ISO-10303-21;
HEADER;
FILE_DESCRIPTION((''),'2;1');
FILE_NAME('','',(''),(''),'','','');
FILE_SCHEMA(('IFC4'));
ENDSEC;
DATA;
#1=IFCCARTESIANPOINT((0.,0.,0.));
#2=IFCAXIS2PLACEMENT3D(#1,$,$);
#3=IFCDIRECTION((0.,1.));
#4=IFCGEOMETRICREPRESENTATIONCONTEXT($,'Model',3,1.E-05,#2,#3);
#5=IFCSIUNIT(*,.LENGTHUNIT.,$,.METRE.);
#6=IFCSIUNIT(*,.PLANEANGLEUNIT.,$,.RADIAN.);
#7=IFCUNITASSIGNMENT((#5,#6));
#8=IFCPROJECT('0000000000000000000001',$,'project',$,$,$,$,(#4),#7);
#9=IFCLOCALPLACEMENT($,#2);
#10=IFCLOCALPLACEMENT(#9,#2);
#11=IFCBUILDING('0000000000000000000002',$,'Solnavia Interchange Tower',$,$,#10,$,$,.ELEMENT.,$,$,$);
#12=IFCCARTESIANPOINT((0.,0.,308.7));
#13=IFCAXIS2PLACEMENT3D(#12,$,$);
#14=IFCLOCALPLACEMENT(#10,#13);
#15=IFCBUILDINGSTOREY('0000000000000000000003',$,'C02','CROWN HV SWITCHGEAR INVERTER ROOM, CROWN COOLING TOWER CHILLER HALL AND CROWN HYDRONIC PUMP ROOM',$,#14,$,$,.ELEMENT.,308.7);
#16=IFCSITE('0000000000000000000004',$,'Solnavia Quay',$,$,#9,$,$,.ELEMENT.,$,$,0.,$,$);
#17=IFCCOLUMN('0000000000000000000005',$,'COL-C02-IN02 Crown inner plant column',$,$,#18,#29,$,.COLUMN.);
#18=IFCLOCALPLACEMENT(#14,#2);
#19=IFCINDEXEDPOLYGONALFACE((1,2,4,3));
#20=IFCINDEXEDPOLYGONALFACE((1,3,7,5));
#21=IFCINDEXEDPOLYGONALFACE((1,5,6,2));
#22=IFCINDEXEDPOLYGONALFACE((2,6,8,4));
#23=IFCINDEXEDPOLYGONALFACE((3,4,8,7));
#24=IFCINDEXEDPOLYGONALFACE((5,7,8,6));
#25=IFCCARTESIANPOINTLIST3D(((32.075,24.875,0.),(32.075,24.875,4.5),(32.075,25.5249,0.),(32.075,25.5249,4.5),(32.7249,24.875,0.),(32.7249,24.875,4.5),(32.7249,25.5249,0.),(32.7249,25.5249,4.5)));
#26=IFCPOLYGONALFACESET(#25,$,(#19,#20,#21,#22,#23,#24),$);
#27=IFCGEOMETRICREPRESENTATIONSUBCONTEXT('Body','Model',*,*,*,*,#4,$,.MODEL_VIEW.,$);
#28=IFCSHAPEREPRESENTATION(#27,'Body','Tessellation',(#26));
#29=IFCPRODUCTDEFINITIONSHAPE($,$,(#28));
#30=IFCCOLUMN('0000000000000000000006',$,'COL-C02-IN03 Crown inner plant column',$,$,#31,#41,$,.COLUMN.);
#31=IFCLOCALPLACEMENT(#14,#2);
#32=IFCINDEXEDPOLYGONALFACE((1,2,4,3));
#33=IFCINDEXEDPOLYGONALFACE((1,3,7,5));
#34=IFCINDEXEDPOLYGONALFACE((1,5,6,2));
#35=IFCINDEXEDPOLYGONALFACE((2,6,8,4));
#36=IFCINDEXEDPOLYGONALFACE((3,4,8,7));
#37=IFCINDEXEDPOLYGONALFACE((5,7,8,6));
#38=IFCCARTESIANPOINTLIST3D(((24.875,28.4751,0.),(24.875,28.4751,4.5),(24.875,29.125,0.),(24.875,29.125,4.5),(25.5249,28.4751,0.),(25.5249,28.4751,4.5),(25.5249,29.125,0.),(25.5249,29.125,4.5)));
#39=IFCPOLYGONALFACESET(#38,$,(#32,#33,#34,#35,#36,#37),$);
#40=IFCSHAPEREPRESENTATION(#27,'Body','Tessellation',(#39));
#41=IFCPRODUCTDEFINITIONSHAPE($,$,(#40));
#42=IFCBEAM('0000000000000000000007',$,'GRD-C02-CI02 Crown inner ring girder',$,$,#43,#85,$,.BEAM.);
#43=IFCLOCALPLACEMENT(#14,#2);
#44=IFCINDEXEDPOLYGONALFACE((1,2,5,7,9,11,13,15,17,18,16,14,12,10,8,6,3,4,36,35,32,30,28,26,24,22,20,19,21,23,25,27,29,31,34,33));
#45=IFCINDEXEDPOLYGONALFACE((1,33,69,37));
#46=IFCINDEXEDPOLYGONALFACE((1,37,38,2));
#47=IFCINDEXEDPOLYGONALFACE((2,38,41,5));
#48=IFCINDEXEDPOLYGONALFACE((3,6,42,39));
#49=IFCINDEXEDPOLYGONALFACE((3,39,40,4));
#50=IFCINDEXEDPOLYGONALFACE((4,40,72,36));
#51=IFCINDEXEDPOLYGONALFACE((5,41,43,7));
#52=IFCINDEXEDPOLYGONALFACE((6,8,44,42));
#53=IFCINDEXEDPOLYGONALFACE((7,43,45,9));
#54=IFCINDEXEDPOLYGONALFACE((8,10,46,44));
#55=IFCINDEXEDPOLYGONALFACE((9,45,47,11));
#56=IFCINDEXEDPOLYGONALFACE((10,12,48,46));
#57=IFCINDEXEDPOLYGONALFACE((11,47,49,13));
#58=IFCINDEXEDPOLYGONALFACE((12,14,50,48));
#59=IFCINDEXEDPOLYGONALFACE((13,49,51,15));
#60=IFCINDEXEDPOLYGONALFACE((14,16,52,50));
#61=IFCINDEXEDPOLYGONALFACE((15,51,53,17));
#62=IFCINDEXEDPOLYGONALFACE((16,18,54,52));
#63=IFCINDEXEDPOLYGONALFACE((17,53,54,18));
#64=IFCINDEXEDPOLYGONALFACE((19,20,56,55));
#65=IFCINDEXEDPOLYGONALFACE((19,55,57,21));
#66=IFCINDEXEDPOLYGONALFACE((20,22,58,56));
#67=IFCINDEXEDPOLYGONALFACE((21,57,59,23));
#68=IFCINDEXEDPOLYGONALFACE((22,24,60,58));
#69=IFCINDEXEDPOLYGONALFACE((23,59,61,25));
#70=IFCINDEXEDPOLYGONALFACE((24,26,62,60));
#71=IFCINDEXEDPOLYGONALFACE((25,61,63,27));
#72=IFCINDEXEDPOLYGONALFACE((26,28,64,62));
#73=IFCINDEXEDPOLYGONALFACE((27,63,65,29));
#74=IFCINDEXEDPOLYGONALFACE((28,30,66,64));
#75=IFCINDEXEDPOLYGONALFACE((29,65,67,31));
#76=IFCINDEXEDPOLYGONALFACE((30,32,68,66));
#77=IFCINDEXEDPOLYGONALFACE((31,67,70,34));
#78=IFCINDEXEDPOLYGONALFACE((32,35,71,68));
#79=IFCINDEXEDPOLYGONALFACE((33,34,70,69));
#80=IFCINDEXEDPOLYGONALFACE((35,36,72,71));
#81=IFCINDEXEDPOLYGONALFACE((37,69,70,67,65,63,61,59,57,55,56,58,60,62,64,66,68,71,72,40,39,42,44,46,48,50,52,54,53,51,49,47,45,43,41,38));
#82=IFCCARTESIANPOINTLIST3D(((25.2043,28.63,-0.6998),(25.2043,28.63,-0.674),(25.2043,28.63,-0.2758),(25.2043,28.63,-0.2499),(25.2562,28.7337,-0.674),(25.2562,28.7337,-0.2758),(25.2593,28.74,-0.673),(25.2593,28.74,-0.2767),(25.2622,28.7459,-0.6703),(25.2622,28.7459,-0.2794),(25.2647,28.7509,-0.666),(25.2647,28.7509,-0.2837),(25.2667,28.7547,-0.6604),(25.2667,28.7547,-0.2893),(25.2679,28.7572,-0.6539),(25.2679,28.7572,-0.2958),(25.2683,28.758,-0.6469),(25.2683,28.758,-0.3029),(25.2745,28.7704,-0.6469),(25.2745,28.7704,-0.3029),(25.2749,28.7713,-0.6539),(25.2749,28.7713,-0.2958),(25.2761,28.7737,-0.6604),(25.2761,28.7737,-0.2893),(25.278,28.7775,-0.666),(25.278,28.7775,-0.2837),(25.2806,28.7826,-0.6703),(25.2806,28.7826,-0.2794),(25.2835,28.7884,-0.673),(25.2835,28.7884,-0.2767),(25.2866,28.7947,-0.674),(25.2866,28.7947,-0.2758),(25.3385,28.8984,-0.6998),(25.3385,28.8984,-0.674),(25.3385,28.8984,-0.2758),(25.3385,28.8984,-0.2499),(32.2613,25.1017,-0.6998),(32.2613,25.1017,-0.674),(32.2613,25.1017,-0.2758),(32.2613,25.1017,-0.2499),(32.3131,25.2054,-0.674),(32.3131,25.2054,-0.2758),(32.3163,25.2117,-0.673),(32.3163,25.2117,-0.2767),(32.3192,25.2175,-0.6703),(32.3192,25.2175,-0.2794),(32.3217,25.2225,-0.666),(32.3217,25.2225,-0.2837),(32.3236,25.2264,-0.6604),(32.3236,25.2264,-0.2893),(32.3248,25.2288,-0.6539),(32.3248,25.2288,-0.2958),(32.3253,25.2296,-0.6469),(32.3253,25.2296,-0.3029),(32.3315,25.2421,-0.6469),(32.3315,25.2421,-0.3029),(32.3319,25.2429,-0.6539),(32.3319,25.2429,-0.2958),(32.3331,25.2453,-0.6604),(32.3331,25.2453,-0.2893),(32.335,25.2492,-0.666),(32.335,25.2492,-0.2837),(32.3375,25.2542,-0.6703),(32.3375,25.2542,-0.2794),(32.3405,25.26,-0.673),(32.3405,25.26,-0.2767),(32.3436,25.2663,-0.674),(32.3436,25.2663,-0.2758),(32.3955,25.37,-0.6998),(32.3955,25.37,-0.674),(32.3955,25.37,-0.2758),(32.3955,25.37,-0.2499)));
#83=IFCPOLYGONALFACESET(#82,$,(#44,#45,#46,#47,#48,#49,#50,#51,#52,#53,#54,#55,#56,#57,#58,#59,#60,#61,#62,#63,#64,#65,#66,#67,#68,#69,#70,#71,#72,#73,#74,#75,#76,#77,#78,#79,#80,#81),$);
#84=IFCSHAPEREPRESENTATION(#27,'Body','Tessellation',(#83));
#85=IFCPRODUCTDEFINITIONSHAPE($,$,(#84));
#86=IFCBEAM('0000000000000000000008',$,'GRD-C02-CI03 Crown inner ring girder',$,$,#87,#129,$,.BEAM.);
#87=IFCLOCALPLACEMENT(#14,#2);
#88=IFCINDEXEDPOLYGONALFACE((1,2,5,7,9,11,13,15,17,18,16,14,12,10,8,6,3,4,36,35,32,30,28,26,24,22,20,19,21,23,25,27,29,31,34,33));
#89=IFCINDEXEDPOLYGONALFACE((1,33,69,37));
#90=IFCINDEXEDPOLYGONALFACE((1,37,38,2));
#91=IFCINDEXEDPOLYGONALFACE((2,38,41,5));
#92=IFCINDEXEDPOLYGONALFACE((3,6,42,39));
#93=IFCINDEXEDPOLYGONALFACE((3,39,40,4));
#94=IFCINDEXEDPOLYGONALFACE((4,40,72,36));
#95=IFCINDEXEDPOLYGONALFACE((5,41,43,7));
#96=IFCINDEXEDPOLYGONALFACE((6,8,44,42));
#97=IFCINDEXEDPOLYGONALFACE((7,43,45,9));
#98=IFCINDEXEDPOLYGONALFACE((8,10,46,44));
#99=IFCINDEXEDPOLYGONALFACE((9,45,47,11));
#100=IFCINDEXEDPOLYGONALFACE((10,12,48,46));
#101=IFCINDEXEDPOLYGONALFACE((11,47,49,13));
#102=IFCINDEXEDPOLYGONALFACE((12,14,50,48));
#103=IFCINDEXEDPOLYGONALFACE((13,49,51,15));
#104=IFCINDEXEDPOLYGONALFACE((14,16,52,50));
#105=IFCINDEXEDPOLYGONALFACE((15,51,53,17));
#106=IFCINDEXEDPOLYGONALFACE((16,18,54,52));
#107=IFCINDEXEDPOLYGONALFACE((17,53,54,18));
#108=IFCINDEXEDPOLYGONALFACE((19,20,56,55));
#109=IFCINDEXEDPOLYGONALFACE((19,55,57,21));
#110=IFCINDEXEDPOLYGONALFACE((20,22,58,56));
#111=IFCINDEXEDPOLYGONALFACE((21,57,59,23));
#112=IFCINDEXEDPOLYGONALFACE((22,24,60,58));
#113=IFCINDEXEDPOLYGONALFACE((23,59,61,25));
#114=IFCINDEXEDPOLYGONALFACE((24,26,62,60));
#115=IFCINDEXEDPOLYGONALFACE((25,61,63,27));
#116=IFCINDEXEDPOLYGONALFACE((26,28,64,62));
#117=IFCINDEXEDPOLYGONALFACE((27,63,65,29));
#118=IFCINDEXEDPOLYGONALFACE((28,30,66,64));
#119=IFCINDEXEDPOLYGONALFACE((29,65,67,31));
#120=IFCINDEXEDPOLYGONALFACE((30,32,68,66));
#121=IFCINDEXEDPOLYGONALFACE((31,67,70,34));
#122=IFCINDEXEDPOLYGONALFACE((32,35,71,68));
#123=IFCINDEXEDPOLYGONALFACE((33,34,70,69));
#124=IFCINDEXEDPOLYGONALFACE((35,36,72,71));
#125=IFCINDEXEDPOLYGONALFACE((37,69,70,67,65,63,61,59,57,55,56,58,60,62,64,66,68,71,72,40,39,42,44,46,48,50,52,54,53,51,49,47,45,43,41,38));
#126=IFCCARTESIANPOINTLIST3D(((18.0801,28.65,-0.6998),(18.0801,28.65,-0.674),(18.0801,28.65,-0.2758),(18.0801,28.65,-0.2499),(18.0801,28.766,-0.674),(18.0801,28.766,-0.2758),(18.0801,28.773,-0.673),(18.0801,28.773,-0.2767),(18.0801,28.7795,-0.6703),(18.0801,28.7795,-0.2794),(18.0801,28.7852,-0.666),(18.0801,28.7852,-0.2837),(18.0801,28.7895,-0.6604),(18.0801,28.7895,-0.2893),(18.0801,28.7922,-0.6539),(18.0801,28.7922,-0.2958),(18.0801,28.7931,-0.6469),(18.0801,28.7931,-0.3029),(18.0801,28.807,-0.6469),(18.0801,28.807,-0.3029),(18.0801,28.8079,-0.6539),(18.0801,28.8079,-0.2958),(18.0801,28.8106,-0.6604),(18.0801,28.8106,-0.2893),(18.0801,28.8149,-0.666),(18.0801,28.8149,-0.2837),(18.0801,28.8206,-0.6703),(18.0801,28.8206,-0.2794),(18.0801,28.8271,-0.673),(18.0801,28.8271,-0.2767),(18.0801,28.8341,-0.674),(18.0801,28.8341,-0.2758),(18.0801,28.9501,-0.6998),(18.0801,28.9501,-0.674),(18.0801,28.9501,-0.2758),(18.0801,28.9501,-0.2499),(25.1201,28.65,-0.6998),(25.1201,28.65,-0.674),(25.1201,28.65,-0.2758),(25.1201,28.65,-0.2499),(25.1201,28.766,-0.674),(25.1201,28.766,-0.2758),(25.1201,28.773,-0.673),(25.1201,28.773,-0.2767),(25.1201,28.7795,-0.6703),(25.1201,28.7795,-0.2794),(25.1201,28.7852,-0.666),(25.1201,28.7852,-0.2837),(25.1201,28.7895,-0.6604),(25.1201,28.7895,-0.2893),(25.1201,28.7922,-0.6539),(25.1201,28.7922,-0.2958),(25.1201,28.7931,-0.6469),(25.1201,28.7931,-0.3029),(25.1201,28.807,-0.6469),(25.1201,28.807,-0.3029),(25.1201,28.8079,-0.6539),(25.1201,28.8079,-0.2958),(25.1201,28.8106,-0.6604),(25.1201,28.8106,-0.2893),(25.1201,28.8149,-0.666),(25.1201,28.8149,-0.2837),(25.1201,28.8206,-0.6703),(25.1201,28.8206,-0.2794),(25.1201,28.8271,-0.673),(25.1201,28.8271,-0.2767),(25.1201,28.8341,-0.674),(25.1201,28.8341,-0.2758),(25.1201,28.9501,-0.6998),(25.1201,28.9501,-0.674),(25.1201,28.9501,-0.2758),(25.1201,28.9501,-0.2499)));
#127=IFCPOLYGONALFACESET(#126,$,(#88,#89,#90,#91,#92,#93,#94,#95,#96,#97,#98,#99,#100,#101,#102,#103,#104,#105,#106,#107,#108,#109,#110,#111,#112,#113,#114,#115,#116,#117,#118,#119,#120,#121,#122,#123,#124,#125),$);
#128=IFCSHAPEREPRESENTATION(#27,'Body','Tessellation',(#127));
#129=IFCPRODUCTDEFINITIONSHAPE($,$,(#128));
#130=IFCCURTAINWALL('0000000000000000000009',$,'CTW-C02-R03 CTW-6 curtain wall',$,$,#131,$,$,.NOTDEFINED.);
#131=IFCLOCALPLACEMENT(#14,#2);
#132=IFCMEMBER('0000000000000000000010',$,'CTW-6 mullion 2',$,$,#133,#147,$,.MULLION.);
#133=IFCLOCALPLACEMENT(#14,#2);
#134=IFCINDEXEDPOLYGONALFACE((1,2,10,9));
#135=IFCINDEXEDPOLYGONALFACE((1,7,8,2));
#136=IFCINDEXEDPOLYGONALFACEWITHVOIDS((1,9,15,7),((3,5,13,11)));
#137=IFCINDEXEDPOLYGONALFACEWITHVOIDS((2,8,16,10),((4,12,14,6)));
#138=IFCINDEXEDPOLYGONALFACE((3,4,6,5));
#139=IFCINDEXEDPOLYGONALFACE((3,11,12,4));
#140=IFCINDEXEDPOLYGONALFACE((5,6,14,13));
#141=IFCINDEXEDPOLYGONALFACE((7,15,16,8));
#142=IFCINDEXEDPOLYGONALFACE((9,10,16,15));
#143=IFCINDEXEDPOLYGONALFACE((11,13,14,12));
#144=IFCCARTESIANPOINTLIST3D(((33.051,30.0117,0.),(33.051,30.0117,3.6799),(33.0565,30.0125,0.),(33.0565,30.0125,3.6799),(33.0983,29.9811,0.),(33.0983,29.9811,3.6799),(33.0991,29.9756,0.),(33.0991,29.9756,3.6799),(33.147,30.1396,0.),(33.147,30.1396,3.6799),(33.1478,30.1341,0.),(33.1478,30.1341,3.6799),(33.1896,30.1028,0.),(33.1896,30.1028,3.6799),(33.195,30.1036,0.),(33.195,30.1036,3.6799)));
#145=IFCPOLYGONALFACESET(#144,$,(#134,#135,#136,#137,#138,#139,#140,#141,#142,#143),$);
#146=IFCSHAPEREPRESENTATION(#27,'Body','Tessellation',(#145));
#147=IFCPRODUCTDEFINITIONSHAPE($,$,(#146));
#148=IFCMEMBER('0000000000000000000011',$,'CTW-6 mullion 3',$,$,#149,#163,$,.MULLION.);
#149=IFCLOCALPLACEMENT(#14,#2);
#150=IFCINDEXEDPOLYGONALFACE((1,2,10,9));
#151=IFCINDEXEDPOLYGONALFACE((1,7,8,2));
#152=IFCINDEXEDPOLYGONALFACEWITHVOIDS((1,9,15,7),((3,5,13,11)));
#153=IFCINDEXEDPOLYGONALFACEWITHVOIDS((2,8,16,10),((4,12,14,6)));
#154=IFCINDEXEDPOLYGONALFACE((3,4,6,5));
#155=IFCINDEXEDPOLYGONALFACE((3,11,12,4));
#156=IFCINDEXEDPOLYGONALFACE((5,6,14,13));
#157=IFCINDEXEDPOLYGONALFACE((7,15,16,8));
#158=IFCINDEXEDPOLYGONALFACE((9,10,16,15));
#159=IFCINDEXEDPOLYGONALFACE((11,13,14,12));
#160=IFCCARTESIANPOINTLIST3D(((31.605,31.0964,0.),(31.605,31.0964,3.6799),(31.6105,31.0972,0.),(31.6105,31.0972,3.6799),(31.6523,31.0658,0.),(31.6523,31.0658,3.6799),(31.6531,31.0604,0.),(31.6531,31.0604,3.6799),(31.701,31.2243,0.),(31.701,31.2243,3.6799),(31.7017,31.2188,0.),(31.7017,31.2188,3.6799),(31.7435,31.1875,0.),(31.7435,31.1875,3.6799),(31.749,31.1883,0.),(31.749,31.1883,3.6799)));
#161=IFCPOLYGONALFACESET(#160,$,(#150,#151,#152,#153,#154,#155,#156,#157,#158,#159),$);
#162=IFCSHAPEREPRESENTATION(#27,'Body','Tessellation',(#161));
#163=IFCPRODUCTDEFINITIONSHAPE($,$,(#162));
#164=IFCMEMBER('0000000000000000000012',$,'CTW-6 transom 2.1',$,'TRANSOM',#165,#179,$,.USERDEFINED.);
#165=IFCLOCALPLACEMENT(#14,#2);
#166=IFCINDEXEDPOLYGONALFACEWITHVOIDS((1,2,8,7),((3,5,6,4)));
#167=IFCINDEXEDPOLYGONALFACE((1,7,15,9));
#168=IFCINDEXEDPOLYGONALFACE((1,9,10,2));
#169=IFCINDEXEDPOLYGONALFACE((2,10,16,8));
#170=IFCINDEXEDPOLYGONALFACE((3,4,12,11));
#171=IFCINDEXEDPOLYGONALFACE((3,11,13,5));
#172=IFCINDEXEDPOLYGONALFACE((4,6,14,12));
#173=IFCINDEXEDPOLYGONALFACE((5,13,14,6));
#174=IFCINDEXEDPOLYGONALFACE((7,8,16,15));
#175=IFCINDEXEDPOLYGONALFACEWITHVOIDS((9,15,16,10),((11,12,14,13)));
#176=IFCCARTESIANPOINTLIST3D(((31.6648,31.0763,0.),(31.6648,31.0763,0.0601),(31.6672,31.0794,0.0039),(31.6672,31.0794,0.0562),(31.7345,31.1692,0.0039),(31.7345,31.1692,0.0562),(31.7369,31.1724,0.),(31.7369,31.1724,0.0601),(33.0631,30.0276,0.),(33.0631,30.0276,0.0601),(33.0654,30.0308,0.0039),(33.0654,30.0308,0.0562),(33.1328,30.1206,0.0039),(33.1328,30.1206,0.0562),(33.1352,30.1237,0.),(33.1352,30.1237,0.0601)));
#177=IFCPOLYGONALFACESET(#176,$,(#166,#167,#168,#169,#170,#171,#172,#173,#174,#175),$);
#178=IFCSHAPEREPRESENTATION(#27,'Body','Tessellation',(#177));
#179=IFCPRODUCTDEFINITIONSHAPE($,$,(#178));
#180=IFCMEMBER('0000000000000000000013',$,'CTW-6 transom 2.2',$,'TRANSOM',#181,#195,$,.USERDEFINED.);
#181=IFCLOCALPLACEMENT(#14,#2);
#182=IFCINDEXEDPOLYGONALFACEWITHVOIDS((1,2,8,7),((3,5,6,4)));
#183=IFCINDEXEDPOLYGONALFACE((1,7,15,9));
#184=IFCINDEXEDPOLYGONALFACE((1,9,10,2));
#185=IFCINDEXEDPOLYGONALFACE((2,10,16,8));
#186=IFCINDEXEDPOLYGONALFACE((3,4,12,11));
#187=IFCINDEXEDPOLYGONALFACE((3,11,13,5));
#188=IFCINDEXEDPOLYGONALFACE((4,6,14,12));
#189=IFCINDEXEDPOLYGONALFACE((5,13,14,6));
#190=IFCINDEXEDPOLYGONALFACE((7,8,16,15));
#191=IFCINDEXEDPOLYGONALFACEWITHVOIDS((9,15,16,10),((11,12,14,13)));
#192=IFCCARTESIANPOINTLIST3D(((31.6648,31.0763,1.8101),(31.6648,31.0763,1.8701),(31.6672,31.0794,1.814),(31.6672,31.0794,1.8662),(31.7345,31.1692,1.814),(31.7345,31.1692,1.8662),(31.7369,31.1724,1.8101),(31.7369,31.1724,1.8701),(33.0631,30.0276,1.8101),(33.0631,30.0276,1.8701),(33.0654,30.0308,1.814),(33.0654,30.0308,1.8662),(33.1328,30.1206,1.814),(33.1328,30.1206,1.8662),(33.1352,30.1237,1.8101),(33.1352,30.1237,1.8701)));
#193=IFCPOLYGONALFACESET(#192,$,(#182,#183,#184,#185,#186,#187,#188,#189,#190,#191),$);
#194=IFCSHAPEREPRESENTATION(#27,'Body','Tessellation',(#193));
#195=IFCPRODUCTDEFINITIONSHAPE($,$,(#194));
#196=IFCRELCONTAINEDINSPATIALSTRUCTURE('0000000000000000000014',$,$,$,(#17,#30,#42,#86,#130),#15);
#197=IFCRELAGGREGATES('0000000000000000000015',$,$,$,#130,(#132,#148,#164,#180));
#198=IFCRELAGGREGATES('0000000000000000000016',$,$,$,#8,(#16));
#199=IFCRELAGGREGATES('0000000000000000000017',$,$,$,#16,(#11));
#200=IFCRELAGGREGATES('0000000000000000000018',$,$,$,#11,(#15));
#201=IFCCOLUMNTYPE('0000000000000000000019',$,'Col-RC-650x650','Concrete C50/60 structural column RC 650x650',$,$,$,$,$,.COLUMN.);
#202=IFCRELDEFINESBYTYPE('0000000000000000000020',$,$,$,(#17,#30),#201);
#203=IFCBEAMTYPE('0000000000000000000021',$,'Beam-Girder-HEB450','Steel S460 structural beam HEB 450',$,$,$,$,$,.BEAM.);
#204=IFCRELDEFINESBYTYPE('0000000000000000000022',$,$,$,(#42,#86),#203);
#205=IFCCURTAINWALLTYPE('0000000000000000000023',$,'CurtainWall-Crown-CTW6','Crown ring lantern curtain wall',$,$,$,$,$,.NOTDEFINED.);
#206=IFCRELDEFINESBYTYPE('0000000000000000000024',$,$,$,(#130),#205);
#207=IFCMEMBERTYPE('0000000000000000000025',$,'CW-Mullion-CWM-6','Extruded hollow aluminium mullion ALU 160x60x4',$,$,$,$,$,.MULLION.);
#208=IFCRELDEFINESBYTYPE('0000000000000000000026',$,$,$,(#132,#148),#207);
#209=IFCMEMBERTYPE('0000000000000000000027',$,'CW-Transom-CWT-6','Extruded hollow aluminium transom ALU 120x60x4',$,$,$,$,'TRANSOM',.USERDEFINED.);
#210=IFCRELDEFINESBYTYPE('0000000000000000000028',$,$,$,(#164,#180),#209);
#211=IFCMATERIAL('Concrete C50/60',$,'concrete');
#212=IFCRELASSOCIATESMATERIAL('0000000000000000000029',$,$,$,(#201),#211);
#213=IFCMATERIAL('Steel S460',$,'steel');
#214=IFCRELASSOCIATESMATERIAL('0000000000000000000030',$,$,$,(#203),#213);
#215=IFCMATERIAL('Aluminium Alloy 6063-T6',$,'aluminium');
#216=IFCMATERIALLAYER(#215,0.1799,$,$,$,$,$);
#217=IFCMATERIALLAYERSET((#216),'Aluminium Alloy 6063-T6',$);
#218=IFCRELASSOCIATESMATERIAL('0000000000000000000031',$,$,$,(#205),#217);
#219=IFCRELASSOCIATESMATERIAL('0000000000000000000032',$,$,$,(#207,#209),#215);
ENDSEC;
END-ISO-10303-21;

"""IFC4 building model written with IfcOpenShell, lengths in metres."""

from ifc_helpers import new_model, si_unit, direction, frame, origin, origin_2d, place, context, subcontext, project, spatial, rectangle, hollow_rectangle, i_section, extrude, material, layer, layer_set, material_profile, profile_set, type_object, element, aggregate, save


model = new_model("IFC4")

# Units and contexts
model_context = context("Model", 3, precision=1e-05, world=origin(), true_north=direction((0.0, 1.0)))
body_context = subcontext(model_context, "Body", "Model", "MODEL_VIEW")
ifc_project = project(units=[si_unit("LENGTHUNIT", "METRE"), si_unit("PLANEANGLEUNIT", "RADIAN")], contexts=[model_context])

# Site, building, storey
site_placement = place(None, origin())
site = spatial("IfcSite", under=ifc_project, at=site_placement, Name="Solnavia Quay", CompositionType="ELEMENT", RefElevation=0.0)
building_placement = place(site_placement, origin())
building = spatial("IfcBuilding", under=site, at=building_placement, Name="Solnavia Interchange Tower", CompositionType="ELEMENT")
storey_placement = place(building_placement, frame((0.0, 0.0, 308.7)))
storey = spatial("IfcBuildingStorey", under=building, at=storey_placement, Name="C02", Description="CROWN HV SWITCHGEAR INVERTER ROOM, CROWN COOLING TOWER CHILLER HALL AND CROWN HYDRONIC PUMP ROOM", CompositionType="ELEMENT", Elevation=308.7)

# Columns
ifc_material_1 = material(Name="Concrete C50/60", Category="concrete")
ifc_material_profile_1 = material_profile(ifc_material_1, rectangle(XDim=0.6499, YDim=0.6499, at=origin_2d()), Name="RC 650x650")
ifc_profile_set_1 = profile_set([ifc_material_profile_1], Name="Concrete C50/60")
column_type = type_object("IfcColumnType", Name="Col-RC-650x650", Description="Concrete C50/60 structural column RC 650x650", PredefinedType="COLUMN", material=ifc_profile_set_1)
for number, where, z_axis, x_axis, name in (
    (1, (32.3999, 25.2, 0.0), (0.0, 0.0, 1.0), (1.0, 0.0, 0.0), "COL-C02-IN02 Crown inner plant column"),
    (2, (25.2, 28.8, 0.0), (0.0, 0.0, 1.0), (1.0, 0.0, 0.0), "COL-C02-IN03 Crown inner plant column"),
):
    element("IfcColumn", number, at=place(storey_placement, frame(where, z_axis=z_axis, x_axis=x_axis)), inside=storey, type_object=column_type, Name=name, PredefinedType="COLUMN", context=body_context, shape_type="SweptSolid", body=[
        extrude(rectangle(XDim=0.6499, YDim=0.6499, at=origin_2d()), origin(), (0.0, 0.0, 1.0), 4.5),
    ])

# Beams
ifc_material_2 = material(Name="Steel S460", Category="steel")
ifc_material_profile_2 = material_profile(ifc_material_2, i_section(OverallWidth=0.3, OverallDepth=0.45, WebThickness=0.0139, FlangeThickness=0.0259, FilletRadius=0.0271, at=origin_2d()), Name="HEB 450")
ifc_profile_set_2 = profile_set([ifc_material_profile_2], Name="Steel S460")
beam_type = type_object("IfcBeamType", Name="Beam-Girder-HEB450", Description="Steel S460 structural beam HEB 450", PredefinedType="BEAM", material=ifc_profile_set_2)
beam_1_placement = place(storey_placement, frame((32.3284, 25.2358, -0.4749), z_axis=(-0.894433, 0.447201, 0.0), x_axis=(-0.447201, -0.894433, 0.0)))
element("IfcBeam", 3, at=beam_1_placement, inside=storey, type_object=beam_type, Name="GRD-C02-CI02 Crown inner ring girder", PredefinedType="BEAM", context=body_context, shape_type="SweptSolid", body=[
    extrude(i_section(OverallWidth=0.3, OverallDepth=0.45, WebThickness=0.0139, FlangeThickness=0.0259, FilletRadius=0.0271, at=origin_2d()), origin(), (0.0, 0.0, 1.0), 7.8899),
])
beam_2_placement = place(storey_placement, frame((25.1201, 28.8, -0.4749), z_axis=(-1.0, 0.0, 0.0), x_axis=(0.0, -1.0, 0.0)))
element("IfcBeam", 4, at=beam_2_placement, inside=storey, type_object=beam_type, Name="GRD-C02-CI03 Crown inner ring girder", PredefinedType="BEAM", context=body_context, shape_type="SweptSolid", body=[
    extrude(i_section(OverallWidth=0.3, OverallDepth=0.45, WebThickness=0.0139, FlangeThickness=0.0259, FilletRadius=0.0271, at=origin_2d()), origin(), (0.0, 0.0, 1.0), 7.04),
])

# Curtain wall, members
ifc_material_3 = material(Name="Aluminium Alloy 6063-T6", Category="aluminium")
ifc_layer_1 = layer(ifc_material_3, 0.1799)
ifc_layer_set_1 = layer_set([ifc_layer_1], Name="Aluminium Alloy 6063-T6")
curtain_wall_type = type_object("IfcCurtainWallType", Name="CurtainWall-Crown-CTW6", Description="Crown ring lantern curtain wall", PredefinedType="NOTDEFINED", material=ifc_layer_set_1)
curtain_wall_placement = place(storey_placement, origin())
curtain_wall = element("IfcCurtainWall", 5, at=curtain_wall_placement, inside=storey, type_object=curtain_wall_type, Name="CTW-C02-R03 CTW-6 curtain wall", PredefinedType="NOTDEFINED")
ifc_material_profile_3 = material_profile(ifc_material_3, hollow_rectangle(XDim=0.0601, YDim=0.1599, WallThickness=0.0039, at=origin_2d()), Name="ALU 160x60x4")
ifc_profile_set_3 = profile_set([ifc_material_profile_3], Name="Aluminium Alloy 6063-T6")
member_type_1 = type_object("IfcMemberType", Name="CW-Mullion-CWM-6", Description="Extruded hollow aluminium mullion ALU 160x60x4", PredefinedType="MULLION", material=ifc_profile_set_3)
member_1_placement = place(storey_placement, frame((33.123, 30.0576, 0.0), z_axis=(0.0, 0.0, 1.0), x_axis=(-0.8, 0.6, 0.0)))
member_1 = element("IfcMember", 6, at=member_1_placement, type_object=member_type_1, Name="CTW-6 mullion 2", PredefinedType="MULLION", context=body_context, shape_type="SweptSolid", body=[
    extrude(hollow_rectangle(XDim=0.0601, YDim=0.1599, WallThickness=0.0039, at=origin_2d()), origin(), (0.0, 0.0, 1.0), 3.6799),
])
member_2_placement = place(storey_placement, frame((31.677, 31.1423, 0.0), z_axis=(0.0, 0.0, 1.0), x_axis=(-0.8, 0.6, 0.0)))
member_2 = element("IfcMember", 7, at=member_2_placement, type_object=member_type_1, Name="CTW-6 mullion 3", PredefinedType="MULLION", context=body_context, shape_type="SweptSolid", body=[
    extrude(hollow_rectangle(XDim=0.0601, YDim=0.1599, WallThickness=0.0039, at=origin_2d()), origin(), (0.0, 0.0, 1.0), 3.6799),
])
ifc_material_profile_4 = material_profile(ifc_material_3, hollow_rectangle(XDim=0.0601, YDim=0.1201, WallThickness=0.0039, at=origin_2d()), Name="ALU 120x60x4")
ifc_profile_set_4 = profile_set([ifc_material_profile_4], Name="Aluminium Alloy 6063-T6")
member_type_2 = type_object("IfcMemberType", Name="CW-Transom-CWT-6", Description="Extruded hollow aluminium transom ALU 120x60x4", ElementType="TRANSOM", PredefinedType="USERDEFINED", material=ifc_profile_set_4)
member_3_placement = place(storey_placement, frame((33.0991, 30.0757, 0.03), z_axis=(-0.800017, 0.599978, 0.0), x_axis=(0.0, 0.0, 1.0)))
member_3 = element("IfcMember", 8, at=member_3_placement, type_object=member_type_2, Name="CTW-6 transom 2.1", ObjectType="TRANSOM", PredefinedType="USERDEFINED", context=body_context, shape_type="SweptSolid", body=[
    extrude(hollow_rectangle(XDim=0.0601, YDim=0.1201, WallThickness=0.0039, at=origin_2d()), origin(), (0.0, 0.0, 1.0), 1.7478),
])
member_4_placement = place(storey_placement, frame((33.0991, 30.0757, 1.8401), z_axis=(-0.800017, 0.599978, 0.0), x_axis=(0.0, 0.0, 1.0)))
member_4 = element("IfcMember", 9, at=member_4_placement, type_object=member_type_2, Name="CTW-6 transom 2.2", ObjectType="TRANSOM", PredefinedType="USERDEFINED", context=body_context, shape_type="SweptSolid", body=[
    extrude(hollow_rectangle(XDim=0.0601, YDim=0.1201, WallThickness=0.0039, at=origin_2d()), origin(), (0.0, 0.0, 1.0), 1.7478),
])

aggregate(curtain_wall, [member_1, member_2, member_3, member_4])

save(model, "model.ifc")
